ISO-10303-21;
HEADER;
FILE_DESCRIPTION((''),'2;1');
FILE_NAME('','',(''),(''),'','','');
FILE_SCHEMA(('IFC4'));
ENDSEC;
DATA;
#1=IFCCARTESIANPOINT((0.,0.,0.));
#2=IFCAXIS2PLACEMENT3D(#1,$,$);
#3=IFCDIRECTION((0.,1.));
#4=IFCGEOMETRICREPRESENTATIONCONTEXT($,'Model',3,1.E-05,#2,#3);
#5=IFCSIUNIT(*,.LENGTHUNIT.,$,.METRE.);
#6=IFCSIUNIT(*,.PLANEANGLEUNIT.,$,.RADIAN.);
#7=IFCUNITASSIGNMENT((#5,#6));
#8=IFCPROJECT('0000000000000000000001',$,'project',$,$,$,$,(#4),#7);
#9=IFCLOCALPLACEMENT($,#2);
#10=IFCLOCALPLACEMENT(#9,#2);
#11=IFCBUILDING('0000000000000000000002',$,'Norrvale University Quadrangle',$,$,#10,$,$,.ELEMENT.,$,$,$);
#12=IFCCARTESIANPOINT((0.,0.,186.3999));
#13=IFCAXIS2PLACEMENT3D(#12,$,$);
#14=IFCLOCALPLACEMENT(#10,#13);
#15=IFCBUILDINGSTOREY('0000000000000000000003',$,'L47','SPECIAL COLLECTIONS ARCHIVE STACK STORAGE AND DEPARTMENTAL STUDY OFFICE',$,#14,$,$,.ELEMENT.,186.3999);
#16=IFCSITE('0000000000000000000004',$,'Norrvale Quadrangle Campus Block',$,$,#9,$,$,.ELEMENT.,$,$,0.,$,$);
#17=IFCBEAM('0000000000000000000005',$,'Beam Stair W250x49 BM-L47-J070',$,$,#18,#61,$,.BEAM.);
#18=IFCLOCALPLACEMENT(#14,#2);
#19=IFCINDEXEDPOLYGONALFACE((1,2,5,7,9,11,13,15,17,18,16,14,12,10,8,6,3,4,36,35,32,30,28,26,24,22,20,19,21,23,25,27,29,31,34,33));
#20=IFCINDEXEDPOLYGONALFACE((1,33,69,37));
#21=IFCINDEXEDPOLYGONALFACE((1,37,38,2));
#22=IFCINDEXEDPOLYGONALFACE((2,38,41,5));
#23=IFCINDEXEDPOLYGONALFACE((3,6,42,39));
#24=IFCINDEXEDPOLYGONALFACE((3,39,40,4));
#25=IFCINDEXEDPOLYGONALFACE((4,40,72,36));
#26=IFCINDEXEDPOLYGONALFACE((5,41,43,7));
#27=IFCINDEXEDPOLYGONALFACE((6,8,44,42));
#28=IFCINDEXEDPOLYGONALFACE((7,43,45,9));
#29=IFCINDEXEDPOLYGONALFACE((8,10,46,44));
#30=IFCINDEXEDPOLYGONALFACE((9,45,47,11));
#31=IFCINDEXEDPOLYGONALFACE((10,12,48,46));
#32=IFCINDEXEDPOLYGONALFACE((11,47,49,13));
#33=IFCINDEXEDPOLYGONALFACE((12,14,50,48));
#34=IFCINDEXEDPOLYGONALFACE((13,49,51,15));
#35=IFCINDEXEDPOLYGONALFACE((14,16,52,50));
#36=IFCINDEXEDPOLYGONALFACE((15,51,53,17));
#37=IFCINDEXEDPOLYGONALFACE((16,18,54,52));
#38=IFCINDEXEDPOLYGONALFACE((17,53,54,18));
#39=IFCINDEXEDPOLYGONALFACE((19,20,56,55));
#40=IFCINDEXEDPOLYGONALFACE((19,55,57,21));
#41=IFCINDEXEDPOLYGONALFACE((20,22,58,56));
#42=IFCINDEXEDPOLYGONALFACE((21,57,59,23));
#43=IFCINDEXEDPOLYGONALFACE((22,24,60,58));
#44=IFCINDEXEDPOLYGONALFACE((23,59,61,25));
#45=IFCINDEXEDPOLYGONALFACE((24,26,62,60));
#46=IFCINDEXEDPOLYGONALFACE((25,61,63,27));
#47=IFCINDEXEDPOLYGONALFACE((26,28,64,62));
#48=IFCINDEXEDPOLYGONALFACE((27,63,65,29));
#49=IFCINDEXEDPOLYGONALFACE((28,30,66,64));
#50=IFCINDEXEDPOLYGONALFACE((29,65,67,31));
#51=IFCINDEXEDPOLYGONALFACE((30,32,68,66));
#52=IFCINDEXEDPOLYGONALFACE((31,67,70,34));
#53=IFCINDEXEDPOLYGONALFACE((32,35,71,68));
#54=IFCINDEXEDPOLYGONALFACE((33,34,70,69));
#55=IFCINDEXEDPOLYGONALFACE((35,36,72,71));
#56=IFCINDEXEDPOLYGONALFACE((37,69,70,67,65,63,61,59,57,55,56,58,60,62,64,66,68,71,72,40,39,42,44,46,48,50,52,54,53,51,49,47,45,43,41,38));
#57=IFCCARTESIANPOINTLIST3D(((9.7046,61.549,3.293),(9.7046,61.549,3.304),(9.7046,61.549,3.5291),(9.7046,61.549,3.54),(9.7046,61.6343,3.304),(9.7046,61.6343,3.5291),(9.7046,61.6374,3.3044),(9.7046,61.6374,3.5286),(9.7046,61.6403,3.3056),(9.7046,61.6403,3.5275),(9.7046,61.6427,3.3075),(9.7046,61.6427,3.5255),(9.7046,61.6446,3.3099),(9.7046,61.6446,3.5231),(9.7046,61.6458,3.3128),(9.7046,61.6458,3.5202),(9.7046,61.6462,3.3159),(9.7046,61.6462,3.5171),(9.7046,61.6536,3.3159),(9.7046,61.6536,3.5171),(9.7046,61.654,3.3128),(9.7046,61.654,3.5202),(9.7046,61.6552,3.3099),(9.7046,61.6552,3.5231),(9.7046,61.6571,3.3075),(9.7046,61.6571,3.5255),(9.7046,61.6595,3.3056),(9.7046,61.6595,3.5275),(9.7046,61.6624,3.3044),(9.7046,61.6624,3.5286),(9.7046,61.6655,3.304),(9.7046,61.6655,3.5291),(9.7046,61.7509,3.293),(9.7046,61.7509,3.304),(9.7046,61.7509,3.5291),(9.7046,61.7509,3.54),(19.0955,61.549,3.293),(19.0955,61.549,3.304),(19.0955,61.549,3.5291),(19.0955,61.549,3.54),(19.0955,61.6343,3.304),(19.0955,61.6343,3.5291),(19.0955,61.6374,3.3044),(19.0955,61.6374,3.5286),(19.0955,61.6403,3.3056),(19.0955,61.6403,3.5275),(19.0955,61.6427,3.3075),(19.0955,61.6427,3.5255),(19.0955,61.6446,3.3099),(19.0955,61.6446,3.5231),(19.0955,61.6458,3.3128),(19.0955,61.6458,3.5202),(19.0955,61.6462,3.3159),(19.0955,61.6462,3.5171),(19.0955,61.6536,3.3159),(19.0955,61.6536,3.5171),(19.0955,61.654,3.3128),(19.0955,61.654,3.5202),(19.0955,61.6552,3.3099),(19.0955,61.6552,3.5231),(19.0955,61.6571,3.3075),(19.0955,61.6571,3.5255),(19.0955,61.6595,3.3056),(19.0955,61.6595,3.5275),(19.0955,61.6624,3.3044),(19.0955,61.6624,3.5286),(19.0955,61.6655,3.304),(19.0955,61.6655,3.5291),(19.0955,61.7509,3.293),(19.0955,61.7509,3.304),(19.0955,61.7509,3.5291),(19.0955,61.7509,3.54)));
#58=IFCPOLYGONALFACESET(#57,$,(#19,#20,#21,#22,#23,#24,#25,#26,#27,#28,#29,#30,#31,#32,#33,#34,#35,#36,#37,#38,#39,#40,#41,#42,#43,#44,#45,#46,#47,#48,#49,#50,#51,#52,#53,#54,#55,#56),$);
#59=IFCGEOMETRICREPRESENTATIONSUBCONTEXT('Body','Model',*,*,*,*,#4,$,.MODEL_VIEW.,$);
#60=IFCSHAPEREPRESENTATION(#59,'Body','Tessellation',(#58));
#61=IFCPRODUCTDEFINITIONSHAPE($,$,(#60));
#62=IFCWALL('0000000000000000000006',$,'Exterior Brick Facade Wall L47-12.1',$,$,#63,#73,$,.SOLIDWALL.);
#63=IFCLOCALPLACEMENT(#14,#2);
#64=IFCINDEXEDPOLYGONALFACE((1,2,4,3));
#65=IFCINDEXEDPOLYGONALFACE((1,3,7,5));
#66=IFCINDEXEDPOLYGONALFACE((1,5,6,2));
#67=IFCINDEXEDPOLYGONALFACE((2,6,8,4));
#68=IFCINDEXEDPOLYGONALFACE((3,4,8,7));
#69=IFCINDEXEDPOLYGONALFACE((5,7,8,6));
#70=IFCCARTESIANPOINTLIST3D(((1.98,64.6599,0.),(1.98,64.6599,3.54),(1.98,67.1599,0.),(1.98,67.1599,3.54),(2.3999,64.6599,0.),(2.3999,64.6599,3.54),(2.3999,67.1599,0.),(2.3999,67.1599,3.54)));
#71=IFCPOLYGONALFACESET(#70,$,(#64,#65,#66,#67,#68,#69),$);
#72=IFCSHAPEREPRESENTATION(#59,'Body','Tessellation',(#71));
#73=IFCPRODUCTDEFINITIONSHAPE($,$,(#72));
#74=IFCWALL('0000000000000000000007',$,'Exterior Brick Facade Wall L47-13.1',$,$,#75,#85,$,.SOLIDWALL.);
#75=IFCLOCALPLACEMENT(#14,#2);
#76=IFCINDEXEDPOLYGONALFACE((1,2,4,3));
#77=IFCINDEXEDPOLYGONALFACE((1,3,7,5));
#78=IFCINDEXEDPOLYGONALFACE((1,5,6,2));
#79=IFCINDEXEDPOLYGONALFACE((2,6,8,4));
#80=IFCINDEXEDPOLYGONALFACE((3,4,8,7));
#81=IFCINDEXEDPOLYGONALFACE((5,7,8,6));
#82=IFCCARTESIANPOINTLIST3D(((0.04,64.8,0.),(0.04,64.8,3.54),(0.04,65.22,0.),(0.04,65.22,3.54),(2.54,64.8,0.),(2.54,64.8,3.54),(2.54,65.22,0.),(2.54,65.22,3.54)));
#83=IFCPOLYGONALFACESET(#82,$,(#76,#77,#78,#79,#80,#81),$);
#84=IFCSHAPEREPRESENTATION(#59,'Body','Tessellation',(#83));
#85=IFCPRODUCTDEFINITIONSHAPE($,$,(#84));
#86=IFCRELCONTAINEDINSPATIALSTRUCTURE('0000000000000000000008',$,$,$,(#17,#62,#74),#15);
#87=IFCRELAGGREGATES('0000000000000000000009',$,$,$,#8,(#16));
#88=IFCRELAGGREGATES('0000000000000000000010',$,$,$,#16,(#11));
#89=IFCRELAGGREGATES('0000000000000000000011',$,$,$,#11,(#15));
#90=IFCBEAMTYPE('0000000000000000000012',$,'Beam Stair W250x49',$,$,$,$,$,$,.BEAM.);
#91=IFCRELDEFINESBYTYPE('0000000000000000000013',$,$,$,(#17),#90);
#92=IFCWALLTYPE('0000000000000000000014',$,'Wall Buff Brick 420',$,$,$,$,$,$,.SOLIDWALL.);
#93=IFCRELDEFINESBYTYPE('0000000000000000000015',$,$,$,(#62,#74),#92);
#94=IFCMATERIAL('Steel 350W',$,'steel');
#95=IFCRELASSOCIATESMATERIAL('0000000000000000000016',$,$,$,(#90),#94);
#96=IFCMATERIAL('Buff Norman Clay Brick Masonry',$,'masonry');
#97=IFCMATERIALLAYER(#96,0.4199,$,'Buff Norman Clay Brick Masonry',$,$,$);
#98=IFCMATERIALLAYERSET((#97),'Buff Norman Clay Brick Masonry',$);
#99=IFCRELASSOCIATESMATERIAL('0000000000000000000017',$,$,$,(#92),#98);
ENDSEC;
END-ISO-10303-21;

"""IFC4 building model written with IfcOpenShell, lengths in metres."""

from ifc_helpers import new_model, si_unit, direction, frame, frame_2d, origin, origin_2d, place, context, subcontext, project, spatial, rectangle, i_section, extrude, material, layer, layer_set, material_profile, profile_set, type_object, element, save


model = new_model("IFC4")

# Units and contexts
model_context = context("Model", 3, precision=1e-05, world=origin(), true_north=direction((0.0, 1.0)))
body_context = subcontext(model_context, "Body", "Model", "MODEL_VIEW")
ifc_project = project(units=[si_unit("LENGTHUNIT", "METRE"), si_unit("PLANEANGLEUNIT", "RADIAN")], contexts=[model_context])

# Site, building, storey
site_placement = place(None, origin())
site = spatial("IfcSite", under=ifc_project, at=site_placement, Name="Norrvale Quadrangle Campus Block", CompositionType="ELEMENT", RefElevation=0.0)
building_placement = place(site_placement, origin())
building = spatial("IfcBuilding", under=site, at=building_placement, Name="Norrvale University Quadrangle", CompositionType="ELEMENT")
storey_placement = place(building_placement, frame((0.0, 0.0, 186.3999)))
storey = spatial("IfcBuildingStorey", under=building, at=storey_placement, Name="L47", Description="SPECIAL COLLECTIONS ARCHIVE STACK STORAGE AND DEPARTMENTAL STUDY OFFICE", CompositionType="ELEMENT", Elevation=186.3999)

# Beam
ifc_material_1 = material(Name="Steel 350W", Category="steel")
ifc_material_profile_1 = material_profile(ifc_material_1, i_section(OverallWidth=0.2019, OverallDepth=0.2471, WebThickness=0.0073, FlangeThickness=0.011, FilletRadius=0.012, at=origin_2d()), Name="Steel 350W")
ifc_profile_set_1 = profile_set([ifc_material_profile_1], Name="Steel 350W")
beam_type_1 = type_object("IfcBeamType", Name="Beam Stair W250x49", PredefinedType="BEAM", material=ifc_profile_set_1)
beam_placement = place(storey_placement, frame((9.7046, 61.6499, 3.4165), z_axis=(1.0, 0.0, 0.0), x_axis=(0.0, 1.0, 0.0)))
element("IfcBeam", 1, at=beam_placement, inside=storey, type_object=beam_type_1, Name="Beam Stair W250x49 BM-L47-J070", PredefinedType="BEAM", context=body_context, shape_type="SweptSolid", body=[
    extrude(i_section(OverallWidth=0.2019, OverallDepth=0.2471, WebThickness=0.0073, FlangeThickness=0.011, FilletRadius=0.012, at=origin_2d()), origin(), (0.0, 0.0, 1.0), 9.3909),
])

# Walls
ifc_material_2 = material(Name="Buff Norman Clay Brick Masonry", Category="masonry")
ifc_layer = layer(ifc_material_2, 0.4199, Name="Buff Norman Clay Brick Masonry")
ifc_layer_set = layer_set([ifc_layer], Name="Buff Norman Clay Brick Masonry")
wall_type = type_object("IfcWallType", Name="Wall Buff Brick 420", PredefinedType="SOLIDWALL", material=ifc_layer_set)
for number, where, z_axis, x_axis, name in (
    (2, (2.1899, 67.1599, 0.0), (0.0, 0.0, 1.0), (0.0, -1.0, 0.0), "Exterior Brick Facade Wall L47-12.1"),
    (3, (2.54, 65.01, 0.0), (0.0, 0.0, 1.0), (-1.0, 0.0, 0.0), "Exterior Brick Facade Wall L47-13.1"),
):
    element("IfcWall", number, at=place(storey_placement, frame(where, z_axis=z_axis, x_axis=x_axis)), inside=storey, type_object=wall_type, Name=name, PredefinedType="SOLIDWALL", context=body_context, shape_type="SweptSolid", body=[
        extrude(rectangle(XDim=2.5, YDim=0.4199, at=frame_2d((1.25, 0.0))), origin(), (0.0, 0.0, 1.0), 3.54),
    ])

save(model, "model.ifc")
